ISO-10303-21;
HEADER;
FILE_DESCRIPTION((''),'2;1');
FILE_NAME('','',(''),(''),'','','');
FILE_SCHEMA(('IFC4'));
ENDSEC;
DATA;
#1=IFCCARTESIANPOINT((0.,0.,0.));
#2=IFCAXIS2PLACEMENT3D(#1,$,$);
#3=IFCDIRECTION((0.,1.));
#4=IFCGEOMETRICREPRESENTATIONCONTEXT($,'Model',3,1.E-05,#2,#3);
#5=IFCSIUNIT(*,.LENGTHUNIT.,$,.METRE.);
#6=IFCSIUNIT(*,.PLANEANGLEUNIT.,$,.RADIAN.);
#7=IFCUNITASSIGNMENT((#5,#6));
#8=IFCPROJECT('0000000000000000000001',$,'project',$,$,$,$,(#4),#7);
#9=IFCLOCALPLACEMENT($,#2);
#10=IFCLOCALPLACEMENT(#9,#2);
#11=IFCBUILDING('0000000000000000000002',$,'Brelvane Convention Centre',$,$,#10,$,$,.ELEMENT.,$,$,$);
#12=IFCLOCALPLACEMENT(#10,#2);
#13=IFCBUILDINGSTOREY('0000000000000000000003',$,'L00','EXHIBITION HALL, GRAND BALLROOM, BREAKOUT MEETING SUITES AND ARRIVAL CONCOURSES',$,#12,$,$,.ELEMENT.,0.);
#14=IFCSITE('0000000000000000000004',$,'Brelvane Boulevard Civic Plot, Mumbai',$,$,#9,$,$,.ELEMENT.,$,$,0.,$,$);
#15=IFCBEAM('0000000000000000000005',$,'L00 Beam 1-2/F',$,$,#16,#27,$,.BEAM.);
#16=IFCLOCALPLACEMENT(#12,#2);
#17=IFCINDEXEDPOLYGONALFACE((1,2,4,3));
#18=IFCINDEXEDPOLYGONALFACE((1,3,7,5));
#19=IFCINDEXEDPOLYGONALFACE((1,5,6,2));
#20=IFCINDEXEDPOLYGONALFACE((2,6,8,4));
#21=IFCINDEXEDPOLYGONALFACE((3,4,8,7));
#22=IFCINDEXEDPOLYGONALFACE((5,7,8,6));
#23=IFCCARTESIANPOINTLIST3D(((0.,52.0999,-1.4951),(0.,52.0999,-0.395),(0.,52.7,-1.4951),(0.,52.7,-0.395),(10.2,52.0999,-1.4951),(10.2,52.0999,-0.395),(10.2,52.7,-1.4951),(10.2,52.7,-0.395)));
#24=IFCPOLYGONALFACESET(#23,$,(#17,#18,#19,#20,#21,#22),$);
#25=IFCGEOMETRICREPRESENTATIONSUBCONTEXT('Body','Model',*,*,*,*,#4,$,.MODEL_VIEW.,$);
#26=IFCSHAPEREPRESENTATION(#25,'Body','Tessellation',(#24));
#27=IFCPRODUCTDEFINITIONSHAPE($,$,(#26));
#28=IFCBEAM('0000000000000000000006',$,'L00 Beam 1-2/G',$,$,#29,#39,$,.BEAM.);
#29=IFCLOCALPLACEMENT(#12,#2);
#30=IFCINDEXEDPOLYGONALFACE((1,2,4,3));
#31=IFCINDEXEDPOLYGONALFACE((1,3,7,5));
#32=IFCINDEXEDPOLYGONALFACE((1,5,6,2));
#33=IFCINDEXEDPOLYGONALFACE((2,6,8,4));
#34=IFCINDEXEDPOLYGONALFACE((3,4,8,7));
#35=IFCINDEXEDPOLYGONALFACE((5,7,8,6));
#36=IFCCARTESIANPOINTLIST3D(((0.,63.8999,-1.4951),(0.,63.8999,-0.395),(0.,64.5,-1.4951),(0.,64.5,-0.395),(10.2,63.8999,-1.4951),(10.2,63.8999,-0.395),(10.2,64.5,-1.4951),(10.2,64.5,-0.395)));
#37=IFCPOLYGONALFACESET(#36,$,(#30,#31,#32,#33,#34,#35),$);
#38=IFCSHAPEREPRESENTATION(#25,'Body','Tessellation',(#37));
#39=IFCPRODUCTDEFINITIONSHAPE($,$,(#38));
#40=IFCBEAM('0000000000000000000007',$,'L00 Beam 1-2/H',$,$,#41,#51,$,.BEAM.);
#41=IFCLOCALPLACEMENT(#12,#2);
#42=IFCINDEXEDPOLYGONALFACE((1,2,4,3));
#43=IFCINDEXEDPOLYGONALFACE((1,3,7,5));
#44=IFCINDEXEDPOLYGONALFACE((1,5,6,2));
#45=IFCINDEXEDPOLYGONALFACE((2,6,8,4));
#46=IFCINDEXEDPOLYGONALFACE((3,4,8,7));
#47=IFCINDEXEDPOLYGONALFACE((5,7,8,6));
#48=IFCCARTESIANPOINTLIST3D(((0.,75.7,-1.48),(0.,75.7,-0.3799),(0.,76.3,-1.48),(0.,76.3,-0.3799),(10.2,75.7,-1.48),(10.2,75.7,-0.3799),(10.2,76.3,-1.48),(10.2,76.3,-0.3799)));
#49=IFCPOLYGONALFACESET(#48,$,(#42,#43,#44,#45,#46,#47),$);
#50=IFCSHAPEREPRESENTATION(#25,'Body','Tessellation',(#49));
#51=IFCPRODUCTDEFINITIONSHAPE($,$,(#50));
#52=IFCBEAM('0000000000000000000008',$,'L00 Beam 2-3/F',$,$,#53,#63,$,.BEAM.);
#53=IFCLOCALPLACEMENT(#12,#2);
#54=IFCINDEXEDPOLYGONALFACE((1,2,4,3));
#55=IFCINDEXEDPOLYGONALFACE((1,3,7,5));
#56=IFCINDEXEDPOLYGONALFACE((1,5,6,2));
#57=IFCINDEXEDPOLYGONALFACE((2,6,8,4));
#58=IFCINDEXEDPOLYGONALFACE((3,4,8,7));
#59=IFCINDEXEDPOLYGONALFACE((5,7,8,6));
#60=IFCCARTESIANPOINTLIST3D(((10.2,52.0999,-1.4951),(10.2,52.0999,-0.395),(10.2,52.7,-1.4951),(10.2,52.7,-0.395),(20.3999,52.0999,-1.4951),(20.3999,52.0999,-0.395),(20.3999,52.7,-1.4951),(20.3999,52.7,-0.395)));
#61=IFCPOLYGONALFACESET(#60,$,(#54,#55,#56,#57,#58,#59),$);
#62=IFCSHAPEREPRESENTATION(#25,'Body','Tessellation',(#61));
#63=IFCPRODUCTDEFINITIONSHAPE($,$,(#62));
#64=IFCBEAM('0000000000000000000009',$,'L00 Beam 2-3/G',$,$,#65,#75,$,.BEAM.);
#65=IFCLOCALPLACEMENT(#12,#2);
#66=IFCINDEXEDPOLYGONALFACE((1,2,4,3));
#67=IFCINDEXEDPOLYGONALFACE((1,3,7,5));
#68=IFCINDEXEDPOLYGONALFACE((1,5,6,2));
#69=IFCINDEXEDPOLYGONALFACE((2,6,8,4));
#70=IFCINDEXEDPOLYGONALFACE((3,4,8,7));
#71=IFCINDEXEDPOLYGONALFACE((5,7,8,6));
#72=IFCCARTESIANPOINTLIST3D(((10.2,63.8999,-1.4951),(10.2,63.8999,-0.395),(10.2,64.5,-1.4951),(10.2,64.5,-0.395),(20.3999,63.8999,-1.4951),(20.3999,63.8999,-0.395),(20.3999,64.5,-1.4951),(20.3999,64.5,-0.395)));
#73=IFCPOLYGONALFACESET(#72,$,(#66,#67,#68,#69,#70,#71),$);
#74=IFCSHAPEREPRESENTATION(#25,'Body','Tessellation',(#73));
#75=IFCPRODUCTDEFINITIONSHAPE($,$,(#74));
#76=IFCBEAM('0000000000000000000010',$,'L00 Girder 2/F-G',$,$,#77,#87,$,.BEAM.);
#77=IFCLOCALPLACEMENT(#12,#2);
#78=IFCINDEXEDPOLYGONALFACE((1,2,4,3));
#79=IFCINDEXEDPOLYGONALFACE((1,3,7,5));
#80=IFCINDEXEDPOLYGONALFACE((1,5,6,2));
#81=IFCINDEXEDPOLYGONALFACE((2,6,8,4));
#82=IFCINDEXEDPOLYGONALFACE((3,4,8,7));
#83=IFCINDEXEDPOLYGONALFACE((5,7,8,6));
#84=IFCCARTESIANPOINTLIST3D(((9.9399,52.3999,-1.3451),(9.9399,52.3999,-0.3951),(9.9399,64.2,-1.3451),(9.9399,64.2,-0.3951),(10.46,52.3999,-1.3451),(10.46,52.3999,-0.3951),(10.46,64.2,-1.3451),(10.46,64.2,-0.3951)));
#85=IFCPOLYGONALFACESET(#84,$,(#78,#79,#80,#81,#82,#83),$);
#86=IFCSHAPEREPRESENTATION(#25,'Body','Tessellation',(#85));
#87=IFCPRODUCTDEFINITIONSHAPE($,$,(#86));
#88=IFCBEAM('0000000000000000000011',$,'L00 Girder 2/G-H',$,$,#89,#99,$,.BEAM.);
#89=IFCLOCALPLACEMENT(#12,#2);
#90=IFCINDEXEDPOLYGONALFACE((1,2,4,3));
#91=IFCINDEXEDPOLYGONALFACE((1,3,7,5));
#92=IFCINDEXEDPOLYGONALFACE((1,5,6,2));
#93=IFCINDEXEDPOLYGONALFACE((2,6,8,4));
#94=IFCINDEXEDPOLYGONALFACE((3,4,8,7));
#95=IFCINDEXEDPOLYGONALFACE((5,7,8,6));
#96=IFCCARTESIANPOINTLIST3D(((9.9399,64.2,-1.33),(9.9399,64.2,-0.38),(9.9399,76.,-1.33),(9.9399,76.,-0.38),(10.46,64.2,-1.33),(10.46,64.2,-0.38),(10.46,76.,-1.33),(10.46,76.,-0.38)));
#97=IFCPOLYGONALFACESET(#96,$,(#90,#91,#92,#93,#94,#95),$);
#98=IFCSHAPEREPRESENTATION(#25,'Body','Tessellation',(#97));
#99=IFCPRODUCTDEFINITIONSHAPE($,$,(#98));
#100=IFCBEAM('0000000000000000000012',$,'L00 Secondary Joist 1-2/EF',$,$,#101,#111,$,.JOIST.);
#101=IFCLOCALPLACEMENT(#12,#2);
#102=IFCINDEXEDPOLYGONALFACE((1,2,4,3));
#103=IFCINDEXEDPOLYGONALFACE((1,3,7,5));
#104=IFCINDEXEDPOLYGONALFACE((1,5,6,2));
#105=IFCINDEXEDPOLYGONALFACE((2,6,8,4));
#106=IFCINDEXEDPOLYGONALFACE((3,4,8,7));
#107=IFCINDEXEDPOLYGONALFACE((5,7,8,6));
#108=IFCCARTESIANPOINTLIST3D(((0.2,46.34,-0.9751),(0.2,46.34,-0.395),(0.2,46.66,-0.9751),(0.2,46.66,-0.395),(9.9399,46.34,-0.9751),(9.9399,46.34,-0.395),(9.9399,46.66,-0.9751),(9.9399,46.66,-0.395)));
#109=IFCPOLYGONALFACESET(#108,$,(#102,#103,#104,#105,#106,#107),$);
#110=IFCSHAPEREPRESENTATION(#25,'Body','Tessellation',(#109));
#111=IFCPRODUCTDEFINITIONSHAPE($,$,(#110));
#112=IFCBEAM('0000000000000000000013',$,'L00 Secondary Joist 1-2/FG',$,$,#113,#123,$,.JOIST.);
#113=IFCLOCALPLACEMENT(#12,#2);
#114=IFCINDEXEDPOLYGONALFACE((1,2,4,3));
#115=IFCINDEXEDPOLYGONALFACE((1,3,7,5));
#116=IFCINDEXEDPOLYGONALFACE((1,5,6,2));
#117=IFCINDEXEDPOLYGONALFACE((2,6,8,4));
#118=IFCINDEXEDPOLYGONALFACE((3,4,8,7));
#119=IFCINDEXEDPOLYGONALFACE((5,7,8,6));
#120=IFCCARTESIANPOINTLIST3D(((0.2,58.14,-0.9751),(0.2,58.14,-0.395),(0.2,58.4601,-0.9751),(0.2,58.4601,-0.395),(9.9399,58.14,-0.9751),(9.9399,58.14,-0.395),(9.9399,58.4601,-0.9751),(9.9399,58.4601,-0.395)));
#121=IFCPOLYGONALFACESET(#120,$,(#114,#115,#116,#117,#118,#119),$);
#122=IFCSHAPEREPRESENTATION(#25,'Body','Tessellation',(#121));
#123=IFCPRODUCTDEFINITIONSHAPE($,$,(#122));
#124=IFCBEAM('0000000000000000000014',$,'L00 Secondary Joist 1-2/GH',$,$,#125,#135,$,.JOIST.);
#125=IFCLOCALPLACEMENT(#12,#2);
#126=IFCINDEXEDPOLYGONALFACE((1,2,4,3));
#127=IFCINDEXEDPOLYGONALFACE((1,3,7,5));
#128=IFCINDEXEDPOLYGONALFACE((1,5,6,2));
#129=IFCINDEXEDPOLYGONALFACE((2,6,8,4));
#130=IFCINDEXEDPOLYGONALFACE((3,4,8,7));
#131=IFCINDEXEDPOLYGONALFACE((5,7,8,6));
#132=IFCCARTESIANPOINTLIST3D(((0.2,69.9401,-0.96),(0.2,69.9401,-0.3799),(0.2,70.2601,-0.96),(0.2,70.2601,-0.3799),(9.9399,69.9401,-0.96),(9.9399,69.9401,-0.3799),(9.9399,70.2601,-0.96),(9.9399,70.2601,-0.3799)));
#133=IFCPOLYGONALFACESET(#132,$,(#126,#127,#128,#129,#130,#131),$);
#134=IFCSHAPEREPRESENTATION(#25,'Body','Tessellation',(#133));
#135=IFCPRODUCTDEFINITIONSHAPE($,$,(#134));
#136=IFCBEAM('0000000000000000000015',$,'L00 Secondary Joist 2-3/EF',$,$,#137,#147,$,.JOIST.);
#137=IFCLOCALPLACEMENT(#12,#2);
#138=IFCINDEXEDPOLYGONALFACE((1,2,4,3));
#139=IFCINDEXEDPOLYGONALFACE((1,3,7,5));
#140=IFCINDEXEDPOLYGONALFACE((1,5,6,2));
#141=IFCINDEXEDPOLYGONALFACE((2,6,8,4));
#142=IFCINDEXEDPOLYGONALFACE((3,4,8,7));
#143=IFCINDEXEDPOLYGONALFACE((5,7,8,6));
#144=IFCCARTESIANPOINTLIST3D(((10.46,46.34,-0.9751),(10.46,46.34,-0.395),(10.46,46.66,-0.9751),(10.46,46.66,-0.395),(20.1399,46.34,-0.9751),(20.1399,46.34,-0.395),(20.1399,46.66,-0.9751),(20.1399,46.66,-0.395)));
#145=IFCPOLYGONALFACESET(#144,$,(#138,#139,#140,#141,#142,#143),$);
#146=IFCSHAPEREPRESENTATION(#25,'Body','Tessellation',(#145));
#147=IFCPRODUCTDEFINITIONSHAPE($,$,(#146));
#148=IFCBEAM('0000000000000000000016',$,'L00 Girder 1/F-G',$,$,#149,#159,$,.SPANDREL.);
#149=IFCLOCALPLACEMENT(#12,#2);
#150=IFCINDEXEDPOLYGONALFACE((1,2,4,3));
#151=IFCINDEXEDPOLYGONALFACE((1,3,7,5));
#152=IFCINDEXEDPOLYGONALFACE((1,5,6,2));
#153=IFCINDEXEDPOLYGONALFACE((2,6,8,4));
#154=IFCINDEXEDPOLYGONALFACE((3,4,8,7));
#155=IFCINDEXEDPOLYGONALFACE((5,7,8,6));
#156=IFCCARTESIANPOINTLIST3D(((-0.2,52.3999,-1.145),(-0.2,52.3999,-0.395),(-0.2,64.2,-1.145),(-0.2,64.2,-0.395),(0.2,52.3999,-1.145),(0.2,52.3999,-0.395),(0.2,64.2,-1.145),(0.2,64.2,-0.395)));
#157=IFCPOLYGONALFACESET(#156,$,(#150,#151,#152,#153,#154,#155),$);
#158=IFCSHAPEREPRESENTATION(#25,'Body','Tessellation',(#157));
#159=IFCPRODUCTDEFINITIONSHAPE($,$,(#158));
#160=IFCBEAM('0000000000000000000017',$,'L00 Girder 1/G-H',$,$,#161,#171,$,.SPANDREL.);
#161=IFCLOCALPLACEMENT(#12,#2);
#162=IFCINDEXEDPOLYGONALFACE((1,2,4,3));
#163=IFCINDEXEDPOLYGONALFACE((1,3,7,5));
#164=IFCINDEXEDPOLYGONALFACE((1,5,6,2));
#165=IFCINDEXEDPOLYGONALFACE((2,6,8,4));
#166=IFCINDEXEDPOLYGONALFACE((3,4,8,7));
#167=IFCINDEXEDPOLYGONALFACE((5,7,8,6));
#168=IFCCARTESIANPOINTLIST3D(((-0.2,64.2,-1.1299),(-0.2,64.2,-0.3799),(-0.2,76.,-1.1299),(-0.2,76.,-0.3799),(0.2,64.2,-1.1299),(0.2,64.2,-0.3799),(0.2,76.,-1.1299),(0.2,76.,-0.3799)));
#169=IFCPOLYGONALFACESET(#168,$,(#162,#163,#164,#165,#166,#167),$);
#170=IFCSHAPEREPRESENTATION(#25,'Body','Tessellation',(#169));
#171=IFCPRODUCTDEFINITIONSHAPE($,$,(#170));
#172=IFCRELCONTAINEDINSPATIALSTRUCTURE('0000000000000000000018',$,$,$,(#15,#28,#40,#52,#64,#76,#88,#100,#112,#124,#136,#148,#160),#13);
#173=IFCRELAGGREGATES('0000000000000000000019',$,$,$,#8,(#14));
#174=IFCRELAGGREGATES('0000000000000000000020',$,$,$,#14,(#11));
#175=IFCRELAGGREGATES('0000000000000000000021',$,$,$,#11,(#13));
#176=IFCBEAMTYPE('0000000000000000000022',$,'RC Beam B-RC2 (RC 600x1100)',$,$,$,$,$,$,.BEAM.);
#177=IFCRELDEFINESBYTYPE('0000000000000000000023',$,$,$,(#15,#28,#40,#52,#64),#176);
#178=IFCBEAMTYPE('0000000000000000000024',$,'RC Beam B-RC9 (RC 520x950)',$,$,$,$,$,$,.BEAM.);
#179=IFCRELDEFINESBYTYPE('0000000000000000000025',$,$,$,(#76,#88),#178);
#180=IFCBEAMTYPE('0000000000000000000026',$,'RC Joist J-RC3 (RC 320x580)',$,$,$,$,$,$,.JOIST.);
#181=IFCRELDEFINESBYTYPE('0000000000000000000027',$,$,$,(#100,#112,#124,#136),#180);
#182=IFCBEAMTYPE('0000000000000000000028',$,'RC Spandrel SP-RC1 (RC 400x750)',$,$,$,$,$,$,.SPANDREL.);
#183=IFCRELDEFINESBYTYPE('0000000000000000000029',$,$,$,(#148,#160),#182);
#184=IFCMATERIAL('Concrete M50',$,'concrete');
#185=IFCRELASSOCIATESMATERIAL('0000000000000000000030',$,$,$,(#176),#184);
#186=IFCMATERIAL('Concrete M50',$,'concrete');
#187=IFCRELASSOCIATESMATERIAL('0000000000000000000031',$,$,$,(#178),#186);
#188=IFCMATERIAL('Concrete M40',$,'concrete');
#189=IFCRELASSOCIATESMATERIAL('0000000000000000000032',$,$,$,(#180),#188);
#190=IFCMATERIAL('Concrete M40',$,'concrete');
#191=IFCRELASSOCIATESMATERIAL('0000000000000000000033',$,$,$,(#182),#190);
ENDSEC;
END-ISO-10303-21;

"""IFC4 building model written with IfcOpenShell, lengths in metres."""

from ifc_helpers import new_model, si_unit, direction, frame, origin, origin_2d, place, context, subcontext, project, spatial, rectangle, extrude, material, material_profile, profile_set, type_object, element, save


model = new_model("IFC4")

# Units and contexts
model_context = context("Model", 3, precision=1e-05, world=origin(), true_north=direction((0.0, 1.0)))
body_context = subcontext(model_context, "Body", "Model", "MODEL_VIEW")
ifc_project = project(units=[si_unit("LENGTHUNIT", "METRE"), si_unit("PLANEANGLEUNIT", "RADIAN")], contexts=[model_context])

# Site, building, storey
site_placement = place(None, origin())
site = spatial("IfcSite", under=ifc_project, at=site_placement, Name="Brelvane Boulevard Civic Plot, Mumbai", CompositionType="ELEMENT", RefElevation=0.0)
building_placement = place(site_placement, origin())
building = spatial("IfcBuilding", under=site, at=building_placement, Name="Brelvane Convention Centre", CompositionType="ELEMENT")
storey_placement = place(building_placement, origin())
storey = spatial("IfcBuildingStorey", under=building, at=storey_placement, Name="L00", Description="EXHIBITION HALL, GRAND BALLROOM, BREAKOUT MEETING SUITES AND ARRIVAL CONCOURSES", CompositionType="ELEMENT", Elevation=0.0)

# Beams
ifc_material_1 = material(Name="Concrete M50", Category="concrete")
ifc_material_profile_1 = material_profile(ifc_material_1, rectangle(XDim=0.6001, YDim=1.1001, at=origin_2d()), Name="RC 600x1100")
ifc_profile_set_1 = profile_set([ifc_material_profile_1], Name="Concrete M50")
beam_type_1 = type_object("IfcBeamType", Name="RC Beam B-RC2 (RC 600x1100)", PredefinedType="BEAM", material=ifc_profile_set_1)
for number, where, z_axis, x_axis, name in (
    (1, (0.0, 52.3999, -0.9451), (1.0, 0.0, 0.0), (0.0, 1.0, 0.0), "L00 Beam 1-2/F"),
    (2, (0.0, 64.2, -0.9451), (1.0, 0.0, 0.0), (0.0, 1.0, 0.0), "L00 Beam 1-2/G"),
    (3, (0.0, 76.0, -0.9299), (1.0, 0.0, 0.0), (0.0, 1.0, 0.0), "L00 Beam 1-2/H"),
    (4, (10.2, 52.3999, -0.9451), (1.0, 0.0, 0.0), (0.0, 1.0, 0.0), "L00 Beam 2-3/F"),
    (5, (10.2, 64.2, -0.9451), (1.0, 0.0, 0.0), (0.0, 1.0, 0.0), "L00 Beam 2-3/G"),
):
    element("IfcBeam", number, at=place(storey_placement, frame(where, z_axis=z_axis, x_axis=x_axis)), inside=storey, type_object=beam_type_1, Name=name, PredefinedType="BEAM", context=body_context, shape_type="SweptSolid", body=[
        extrude(rectangle(XDim=0.6001, YDim=1.1001, at=origin_2d()), origin(), (0.0, 0.0, 1.0), 10.2),
    ])
ifc_material_2 = material(Name="Concrete M50", Category="concrete")
ifc_material_profile_2 = material_profile(ifc_material_2, rectangle(XDim=0.52, YDim=0.95, at=origin_2d()), Name="RC 520x950")
ifc_profile_set_2 = profile_set([ifc_material_profile_2], Name="Concrete M50")
beam_type_2 = type_object("IfcBeamType", Name="RC Beam B-RC9 (RC 520x950)", PredefinedType="BEAM", material=ifc_profile_set_2)
for number, where, z_axis, x_axis, name in (
    (6, (10.2, 52.3999, -0.8701), (0.0, 1.0, 0.0), (-1.0, 0.0, 0.0), "L00 Girder 2/F-G"),
    (7, (10.2, 64.2, -0.855), (0.0, 1.0, 0.0), (-1.0, 0.0, 0.0), "L00 Girder 2/G-H"),
):
    element("IfcBeam", number, at=place(storey_placement, frame(where, z_axis=z_axis, x_axis=x_axis)), inside=storey, type_object=beam_type_2, Name=name, PredefinedType="BEAM", context=body_context, shape_type="SweptSolid", body=[
        extrude(rectangle(XDim=0.52, YDim=0.95, at=origin_2d()), origin(), (0.0, 0.0, 1.0), 11.8),
    ])
ifc_material_3 = material(Name="Concrete M40", Category="concrete")
ifc_material_profile_3 = material_profile(ifc_material_3, rectangle(XDim=0.3201, YDim=0.5801, at=origin_2d()), Name="RC 320x580")
ifc_profile_set_3 = profile_set([ifc_material_profile_3], Name="Concrete M40")
beam_type_3 = type_object("IfcBeamType", Name="RC Joist J-RC3 (RC 320x580)", PredefinedType="JOIST", material=ifc_profile_set_3)
for number, where, z_axis, x_axis, name in (
    (8, (0.2, 46.5, -0.6851), (1.0, 0.0, 0.0), (0.0, 1.0, 0.0), "L00 Secondary Joist 1-2/EF"),
    (9, (0.2, 58.3, -0.6851), (1.0, 0.0, 0.0), (0.0, 1.0, 0.0), "L00 Secondary Joist 1-2/FG"),
    (10, (0.2, 70.1001, -0.6699), (1.0, 0.0, 0.0), (0.0, 1.0, 0.0), "L00 Secondary Joist 1-2/GH"),
):
    element("IfcBeam", number, at=place(storey_placement, frame(where, z_axis=z_axis, x_axis=x_axis)), inside=storey, type_object=beam_type_3, Name=name, PredefinedType="JOIST", context=body_context, shape_type="SweptSolid", body=[
        extrude(rectangle(XDim=0.3201, YDim=0.5801, at=origin_2d()), origin(), (0.0, 0.0, 1.0), 9.74),
    ])
beam_placement = place(storey_placement, frame((10.46, 46.5, -0.6851), z_axis=(1.0, 0.0, 0.0), x_axis=(0.0, 1.0, 0.0)))
element("IfcBeam", 11, at=beam_placement, inside=storey, type_object=beam_type_3, Name="L00 Secondary Joist 2-3/EF", PredefinedType="JOIST", context=body_context, shape_type="SweptSolid", body=[
    extrude(rectangle(XDim=0.3201, YDim=0.5801, at=origin_2d()), origin(), (0.0, 0.0, 1.0), 9.6799),
])
ifc_material_4 = material(Name="Concrete M40", Category="concrete")
ifc_material_profile_4 = material_profile(ifc_material_4, rectangle(XDim=0.3999, YDim=0.75, at=origin_2d()), Name="RC 400x750")
ifc_profile_set_4 = profile_set([ifc_material_profile_4], Name="Concrete M40")
beam_type_4 = type_object("IfcBeamType", Name="RC Spandrel SP-RC1 (RC 400x750)", PredefinedType="SPANDREL", material=ifc_profile_set_4)
for number, where, z_axis, x_axis, name in (
    (12, (0.0, 52.3999, -0.77), (0.0, 1.0, 0.0), (-1.0, 0.0, 0.0), "L00 Girder 1/F-G"),
    (13, (0.0, 64.2, -0.7549), (0.0, 1.0, 0.0), (-1.0, 0.0, 0.0), "L00 Girder 1/G-H"),
):
    element("IfcBeam", number, at=place(storey_placement, frame(where, z_axis=z_axis, x_axis=x_axis)), inside=storey, type_object=beam_type_4, Name=name, PredefinedType="SPANDREL", context=body_context, shape_type="SweptSolid", body=[
        extrude(rectangle(XDim=0.3999, YDim=0.75, at=origin_2d()), origin(), (0.0, 0.0, 1.0), 11.8),
    ])

save(model, "model.ifc")
